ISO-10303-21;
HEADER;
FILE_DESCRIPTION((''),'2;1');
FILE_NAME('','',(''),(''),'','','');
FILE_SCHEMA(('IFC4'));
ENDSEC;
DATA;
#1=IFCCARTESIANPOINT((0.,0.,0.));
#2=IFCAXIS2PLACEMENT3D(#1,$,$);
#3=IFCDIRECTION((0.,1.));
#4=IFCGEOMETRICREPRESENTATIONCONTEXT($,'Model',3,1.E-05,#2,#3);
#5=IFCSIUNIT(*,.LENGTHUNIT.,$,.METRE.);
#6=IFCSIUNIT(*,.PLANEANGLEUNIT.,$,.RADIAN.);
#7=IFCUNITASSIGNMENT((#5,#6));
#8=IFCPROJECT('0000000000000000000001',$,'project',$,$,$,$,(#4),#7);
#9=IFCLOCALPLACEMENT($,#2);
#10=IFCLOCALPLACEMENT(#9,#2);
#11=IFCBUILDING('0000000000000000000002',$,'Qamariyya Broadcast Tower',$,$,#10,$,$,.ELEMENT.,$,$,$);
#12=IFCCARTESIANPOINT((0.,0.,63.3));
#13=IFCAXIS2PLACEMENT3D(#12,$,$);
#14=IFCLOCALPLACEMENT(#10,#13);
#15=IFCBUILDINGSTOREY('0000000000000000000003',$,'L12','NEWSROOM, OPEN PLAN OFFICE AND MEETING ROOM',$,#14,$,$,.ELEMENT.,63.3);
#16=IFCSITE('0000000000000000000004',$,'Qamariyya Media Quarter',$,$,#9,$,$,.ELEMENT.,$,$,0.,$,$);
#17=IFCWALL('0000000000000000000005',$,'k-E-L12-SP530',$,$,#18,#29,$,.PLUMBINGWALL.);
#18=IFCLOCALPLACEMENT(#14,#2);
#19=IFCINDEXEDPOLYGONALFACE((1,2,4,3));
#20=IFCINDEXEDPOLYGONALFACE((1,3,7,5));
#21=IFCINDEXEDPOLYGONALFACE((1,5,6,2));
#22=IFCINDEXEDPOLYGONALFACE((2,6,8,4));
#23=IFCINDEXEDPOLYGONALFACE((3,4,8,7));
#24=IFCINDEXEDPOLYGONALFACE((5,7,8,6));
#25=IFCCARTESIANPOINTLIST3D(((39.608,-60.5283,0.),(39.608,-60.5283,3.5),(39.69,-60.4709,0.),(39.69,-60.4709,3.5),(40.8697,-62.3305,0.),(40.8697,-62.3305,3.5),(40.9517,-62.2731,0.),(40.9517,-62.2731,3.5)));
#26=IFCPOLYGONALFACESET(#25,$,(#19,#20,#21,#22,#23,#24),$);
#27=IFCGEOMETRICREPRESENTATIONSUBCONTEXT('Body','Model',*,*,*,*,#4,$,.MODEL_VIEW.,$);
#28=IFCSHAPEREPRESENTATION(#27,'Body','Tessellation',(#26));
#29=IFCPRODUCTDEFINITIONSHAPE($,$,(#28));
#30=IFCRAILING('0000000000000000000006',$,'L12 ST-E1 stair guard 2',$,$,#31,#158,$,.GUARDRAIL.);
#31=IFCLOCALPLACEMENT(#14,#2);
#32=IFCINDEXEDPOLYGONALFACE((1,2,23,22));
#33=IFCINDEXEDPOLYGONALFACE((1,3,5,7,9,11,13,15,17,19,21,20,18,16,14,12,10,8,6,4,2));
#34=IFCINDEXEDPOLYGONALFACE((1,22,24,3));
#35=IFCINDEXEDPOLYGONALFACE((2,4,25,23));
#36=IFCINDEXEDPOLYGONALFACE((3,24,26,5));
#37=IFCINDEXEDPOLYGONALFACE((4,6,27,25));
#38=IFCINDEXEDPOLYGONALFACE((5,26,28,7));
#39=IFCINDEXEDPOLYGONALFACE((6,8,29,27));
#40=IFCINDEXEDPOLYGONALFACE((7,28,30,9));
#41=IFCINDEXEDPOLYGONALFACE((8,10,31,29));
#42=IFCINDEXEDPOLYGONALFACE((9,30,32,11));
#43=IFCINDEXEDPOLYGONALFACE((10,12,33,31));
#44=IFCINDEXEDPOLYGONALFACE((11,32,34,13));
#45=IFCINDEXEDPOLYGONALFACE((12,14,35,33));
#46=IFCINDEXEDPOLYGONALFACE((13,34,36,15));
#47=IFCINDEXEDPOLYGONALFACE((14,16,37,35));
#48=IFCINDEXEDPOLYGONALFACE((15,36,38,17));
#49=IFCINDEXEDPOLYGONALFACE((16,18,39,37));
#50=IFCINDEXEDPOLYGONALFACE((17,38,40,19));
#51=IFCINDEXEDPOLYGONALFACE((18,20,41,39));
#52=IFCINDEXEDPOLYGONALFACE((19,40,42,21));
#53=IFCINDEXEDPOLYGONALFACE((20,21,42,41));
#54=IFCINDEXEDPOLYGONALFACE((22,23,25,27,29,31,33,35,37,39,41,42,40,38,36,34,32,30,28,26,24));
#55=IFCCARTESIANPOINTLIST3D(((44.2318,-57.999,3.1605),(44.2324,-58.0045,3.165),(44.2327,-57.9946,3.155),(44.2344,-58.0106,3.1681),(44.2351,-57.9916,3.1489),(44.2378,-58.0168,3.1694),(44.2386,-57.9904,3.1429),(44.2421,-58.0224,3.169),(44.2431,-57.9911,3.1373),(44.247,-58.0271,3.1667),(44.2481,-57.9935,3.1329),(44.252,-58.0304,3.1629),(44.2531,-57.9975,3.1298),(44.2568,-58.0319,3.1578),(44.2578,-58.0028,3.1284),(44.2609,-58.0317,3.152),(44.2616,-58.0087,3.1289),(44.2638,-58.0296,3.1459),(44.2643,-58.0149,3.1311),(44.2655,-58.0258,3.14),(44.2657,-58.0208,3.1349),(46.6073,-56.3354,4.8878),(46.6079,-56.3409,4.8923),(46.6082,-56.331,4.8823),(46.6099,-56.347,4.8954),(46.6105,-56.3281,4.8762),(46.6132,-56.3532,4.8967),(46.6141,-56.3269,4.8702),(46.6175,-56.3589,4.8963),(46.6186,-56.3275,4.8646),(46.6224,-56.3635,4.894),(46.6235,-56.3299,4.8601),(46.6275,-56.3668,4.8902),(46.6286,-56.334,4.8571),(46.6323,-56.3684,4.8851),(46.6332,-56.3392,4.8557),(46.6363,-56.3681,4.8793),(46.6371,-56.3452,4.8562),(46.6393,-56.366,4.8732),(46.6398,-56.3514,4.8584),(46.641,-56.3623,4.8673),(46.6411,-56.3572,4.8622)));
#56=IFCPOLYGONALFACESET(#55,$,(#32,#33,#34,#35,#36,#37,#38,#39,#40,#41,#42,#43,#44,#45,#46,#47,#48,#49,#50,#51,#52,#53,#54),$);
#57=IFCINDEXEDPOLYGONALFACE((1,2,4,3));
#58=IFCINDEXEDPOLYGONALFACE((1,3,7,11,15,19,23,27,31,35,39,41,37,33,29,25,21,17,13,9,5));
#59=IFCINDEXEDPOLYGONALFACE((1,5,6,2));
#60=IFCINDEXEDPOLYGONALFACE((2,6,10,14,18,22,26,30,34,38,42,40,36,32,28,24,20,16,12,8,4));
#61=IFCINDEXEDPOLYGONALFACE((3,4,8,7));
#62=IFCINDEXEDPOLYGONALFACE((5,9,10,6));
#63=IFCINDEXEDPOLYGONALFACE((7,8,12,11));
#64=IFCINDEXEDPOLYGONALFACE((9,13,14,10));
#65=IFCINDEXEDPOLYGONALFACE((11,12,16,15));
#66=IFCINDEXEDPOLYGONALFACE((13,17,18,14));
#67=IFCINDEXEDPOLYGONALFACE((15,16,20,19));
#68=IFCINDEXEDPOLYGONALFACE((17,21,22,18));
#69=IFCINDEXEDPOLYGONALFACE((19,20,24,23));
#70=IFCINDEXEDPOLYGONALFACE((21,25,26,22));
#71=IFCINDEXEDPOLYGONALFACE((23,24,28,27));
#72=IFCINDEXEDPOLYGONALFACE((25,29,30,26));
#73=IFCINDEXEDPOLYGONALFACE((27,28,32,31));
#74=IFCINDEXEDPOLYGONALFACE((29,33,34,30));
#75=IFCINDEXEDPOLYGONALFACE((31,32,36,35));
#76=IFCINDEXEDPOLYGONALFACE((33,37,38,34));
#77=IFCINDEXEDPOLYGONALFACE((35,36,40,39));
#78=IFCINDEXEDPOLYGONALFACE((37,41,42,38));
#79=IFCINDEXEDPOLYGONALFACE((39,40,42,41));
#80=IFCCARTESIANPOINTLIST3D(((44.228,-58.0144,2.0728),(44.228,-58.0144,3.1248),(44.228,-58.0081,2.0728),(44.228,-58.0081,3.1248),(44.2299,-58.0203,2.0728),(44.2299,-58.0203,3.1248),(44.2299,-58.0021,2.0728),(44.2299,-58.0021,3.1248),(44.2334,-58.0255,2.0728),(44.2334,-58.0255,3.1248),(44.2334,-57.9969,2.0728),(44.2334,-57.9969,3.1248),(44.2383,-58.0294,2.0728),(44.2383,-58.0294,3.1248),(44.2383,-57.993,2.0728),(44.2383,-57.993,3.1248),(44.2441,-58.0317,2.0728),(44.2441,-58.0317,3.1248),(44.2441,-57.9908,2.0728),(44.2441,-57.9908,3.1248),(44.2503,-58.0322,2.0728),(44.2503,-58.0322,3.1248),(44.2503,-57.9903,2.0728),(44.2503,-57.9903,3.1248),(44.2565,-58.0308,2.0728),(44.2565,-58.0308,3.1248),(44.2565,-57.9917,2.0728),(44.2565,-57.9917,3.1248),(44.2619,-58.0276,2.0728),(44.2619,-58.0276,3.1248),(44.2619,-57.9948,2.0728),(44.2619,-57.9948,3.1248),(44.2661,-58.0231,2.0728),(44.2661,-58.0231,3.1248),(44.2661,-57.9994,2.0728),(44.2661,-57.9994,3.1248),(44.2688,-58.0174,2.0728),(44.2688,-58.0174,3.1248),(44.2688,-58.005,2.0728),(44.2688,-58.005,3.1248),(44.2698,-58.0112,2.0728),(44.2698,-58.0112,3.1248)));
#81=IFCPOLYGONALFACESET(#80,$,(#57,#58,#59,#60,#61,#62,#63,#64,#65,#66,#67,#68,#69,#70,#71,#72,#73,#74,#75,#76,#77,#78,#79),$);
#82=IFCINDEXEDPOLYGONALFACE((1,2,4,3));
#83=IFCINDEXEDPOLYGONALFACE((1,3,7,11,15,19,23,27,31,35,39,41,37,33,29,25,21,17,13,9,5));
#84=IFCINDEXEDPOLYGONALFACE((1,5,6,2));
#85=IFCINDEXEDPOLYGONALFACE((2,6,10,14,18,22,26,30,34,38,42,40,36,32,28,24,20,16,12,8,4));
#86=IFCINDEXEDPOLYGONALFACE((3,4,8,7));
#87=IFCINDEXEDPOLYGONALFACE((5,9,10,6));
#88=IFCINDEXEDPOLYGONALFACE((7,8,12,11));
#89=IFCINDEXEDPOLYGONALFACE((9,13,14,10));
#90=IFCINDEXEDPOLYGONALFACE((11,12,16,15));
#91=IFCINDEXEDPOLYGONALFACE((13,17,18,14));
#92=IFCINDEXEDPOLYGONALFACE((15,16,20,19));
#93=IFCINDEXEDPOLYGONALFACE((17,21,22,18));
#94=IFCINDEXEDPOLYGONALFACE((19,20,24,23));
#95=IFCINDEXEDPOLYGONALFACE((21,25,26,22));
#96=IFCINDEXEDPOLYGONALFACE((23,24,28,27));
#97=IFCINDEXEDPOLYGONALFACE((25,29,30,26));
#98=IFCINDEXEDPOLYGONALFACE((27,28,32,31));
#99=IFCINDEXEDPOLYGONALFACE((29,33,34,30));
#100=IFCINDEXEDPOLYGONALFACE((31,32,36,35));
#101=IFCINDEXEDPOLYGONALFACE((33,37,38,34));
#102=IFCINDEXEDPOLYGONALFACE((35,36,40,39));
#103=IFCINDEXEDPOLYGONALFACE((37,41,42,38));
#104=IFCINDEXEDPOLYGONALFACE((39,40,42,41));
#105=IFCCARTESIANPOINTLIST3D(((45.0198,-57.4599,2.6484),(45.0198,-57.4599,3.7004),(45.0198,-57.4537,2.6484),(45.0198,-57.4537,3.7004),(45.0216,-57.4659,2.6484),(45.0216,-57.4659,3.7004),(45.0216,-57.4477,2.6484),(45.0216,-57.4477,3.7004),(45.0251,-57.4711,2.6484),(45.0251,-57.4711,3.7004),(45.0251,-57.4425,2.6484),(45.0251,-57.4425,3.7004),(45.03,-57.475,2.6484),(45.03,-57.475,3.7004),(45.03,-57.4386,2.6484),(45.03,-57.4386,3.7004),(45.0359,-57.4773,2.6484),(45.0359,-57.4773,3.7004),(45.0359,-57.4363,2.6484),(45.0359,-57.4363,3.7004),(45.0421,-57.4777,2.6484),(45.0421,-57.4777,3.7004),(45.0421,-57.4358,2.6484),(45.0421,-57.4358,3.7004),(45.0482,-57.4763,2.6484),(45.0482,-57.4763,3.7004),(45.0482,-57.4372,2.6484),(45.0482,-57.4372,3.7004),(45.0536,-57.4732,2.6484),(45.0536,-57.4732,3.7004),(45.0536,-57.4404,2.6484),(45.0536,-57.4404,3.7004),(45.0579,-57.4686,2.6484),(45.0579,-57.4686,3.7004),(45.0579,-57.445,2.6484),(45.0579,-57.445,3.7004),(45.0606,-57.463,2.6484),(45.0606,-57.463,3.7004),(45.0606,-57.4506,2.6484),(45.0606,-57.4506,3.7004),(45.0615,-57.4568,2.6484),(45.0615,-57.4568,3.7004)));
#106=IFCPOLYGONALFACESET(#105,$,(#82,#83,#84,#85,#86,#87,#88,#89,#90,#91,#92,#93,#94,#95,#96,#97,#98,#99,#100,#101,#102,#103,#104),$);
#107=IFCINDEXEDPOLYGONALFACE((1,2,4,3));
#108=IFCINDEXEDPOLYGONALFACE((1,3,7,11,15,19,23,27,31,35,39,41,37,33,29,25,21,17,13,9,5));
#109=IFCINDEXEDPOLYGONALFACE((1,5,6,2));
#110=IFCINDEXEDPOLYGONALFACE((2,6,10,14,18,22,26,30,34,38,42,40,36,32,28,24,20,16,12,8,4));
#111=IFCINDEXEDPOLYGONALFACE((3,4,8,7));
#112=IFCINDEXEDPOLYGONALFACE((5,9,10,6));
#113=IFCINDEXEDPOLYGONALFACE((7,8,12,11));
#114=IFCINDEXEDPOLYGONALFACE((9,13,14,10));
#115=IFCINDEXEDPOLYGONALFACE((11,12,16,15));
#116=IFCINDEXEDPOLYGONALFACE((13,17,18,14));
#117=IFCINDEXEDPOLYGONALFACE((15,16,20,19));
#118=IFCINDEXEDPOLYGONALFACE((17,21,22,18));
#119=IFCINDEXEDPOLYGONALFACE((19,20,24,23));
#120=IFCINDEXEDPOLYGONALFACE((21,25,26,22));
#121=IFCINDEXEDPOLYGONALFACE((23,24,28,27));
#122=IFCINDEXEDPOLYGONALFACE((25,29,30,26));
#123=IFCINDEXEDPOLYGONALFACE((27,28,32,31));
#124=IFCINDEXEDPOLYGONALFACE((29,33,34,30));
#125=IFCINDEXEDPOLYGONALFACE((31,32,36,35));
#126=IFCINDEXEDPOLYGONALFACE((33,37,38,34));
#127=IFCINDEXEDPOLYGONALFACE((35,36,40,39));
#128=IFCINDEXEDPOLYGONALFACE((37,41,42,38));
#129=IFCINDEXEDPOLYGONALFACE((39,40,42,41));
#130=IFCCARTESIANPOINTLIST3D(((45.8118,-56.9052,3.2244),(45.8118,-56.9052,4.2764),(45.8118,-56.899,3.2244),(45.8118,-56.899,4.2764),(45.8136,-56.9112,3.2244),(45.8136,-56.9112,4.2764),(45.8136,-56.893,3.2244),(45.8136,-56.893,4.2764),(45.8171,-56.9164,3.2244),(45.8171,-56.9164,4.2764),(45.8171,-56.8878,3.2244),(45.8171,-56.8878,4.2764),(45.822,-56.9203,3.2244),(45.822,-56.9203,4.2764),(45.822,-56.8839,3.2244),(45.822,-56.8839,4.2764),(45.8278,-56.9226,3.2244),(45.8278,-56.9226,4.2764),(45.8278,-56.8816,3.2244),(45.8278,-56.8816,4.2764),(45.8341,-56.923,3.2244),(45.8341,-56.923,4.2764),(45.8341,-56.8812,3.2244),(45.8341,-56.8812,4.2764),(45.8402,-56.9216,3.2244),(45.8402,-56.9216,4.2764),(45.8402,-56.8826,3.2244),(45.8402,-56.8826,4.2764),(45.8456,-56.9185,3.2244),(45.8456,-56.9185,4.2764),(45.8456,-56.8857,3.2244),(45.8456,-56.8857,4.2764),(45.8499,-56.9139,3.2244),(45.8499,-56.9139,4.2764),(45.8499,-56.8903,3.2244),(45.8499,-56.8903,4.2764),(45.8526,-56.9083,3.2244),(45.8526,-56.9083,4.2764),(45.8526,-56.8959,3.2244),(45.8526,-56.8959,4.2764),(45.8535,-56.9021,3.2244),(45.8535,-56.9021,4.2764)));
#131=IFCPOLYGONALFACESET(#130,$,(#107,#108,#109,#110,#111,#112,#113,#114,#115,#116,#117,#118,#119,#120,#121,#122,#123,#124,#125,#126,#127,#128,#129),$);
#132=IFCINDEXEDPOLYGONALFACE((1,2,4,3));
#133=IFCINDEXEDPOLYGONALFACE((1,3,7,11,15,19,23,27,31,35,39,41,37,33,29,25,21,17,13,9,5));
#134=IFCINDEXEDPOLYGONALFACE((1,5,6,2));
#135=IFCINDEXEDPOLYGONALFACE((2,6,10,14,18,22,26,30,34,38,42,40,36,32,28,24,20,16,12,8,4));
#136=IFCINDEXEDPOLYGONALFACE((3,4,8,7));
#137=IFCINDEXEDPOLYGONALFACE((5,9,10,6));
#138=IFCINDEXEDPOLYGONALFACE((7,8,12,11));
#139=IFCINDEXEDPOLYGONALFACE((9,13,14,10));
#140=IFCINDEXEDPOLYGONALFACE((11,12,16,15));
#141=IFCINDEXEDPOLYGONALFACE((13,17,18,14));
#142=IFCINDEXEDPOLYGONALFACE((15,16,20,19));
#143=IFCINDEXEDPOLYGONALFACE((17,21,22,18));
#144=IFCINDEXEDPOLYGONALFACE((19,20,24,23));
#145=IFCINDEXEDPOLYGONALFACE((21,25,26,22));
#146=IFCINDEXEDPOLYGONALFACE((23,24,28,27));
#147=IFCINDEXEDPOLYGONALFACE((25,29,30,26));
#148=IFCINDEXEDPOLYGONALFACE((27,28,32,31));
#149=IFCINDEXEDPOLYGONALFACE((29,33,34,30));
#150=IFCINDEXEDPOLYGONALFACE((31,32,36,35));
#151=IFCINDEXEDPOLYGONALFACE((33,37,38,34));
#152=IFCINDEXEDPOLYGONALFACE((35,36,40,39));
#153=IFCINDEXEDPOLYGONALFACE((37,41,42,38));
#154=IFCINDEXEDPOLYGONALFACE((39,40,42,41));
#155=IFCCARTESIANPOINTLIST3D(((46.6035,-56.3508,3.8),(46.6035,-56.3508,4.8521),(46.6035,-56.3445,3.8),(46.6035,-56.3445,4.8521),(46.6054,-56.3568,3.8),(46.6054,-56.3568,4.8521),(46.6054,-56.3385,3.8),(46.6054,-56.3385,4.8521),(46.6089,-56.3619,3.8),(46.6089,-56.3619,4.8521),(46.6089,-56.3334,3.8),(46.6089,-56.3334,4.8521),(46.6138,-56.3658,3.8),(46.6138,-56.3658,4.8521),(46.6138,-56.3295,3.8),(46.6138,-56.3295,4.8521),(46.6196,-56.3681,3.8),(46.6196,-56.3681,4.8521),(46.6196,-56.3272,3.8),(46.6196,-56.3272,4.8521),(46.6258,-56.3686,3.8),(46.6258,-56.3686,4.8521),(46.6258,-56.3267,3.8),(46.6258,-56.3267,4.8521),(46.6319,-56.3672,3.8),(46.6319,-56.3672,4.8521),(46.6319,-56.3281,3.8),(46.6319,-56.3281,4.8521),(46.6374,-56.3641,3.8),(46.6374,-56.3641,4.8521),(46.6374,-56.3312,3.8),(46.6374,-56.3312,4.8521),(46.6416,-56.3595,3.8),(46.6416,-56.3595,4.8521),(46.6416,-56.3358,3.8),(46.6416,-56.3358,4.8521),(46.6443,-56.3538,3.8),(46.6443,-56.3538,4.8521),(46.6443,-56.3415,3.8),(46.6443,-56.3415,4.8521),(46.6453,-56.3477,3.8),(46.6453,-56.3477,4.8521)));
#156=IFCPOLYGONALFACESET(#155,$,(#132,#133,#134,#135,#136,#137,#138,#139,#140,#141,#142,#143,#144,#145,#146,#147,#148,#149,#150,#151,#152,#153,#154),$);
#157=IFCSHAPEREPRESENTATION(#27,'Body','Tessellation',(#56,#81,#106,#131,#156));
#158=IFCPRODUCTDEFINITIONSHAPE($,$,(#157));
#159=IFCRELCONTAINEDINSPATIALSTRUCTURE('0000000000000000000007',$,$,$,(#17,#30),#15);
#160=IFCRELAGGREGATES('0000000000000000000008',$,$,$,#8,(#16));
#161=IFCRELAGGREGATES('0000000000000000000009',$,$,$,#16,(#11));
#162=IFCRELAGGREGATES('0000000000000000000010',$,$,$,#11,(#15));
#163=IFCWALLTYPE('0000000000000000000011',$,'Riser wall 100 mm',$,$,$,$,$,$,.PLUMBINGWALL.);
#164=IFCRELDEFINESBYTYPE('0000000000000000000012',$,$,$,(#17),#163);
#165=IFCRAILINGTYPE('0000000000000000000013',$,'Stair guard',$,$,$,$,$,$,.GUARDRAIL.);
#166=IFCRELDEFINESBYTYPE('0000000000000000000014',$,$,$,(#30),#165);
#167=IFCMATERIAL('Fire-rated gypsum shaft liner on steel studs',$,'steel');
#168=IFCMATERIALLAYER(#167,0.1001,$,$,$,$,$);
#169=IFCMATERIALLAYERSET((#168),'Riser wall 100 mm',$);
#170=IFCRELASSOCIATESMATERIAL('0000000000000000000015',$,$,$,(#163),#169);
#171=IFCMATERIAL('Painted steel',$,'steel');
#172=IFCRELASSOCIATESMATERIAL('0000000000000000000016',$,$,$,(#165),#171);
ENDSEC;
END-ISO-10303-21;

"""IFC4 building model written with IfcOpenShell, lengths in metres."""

from ifc_helpers import new_model, si_unit, direction, frame, frame_2d, origin, origin_2d, place, context, subcontext, project, spatial, rectangle, circle, extrude, material, layer, layer_set, type_object, element, save


model = new_model("IFC4")

# Units and contexts
model_context = context("Model", 3, precision=1e-05, world=origin(), true_north=direction((0.0, 1.0)))
body_context = subcontext(model_context, "Body", "Model", "MODEL_VIEW")
ifc_project = project(units=[si_unit("LENGTHUNIT", "METRE"), si_unit("PLANEANGLEUNIT", "RADIAN")], contexts=[model_context])

# Site, building, storey
site_placement = place(None, origin())
site = spatial("IfcSite", under=ifc_project, at=site_placement, Name="Qamariyya Media Quarter", CompositionType="ELEMENT", RefElevation=0.0)
building_placement = place(site_placement, origin())
building = spatial("IfcBuilding", under=site, at=building_placement, Name="Qamariyya Broadcast Tower", CompositionType="ELEMENT")
storey_placement = place(building_placement, frame((0.0, 0.0, 63.3)))
storey = spatial("IfcBuildingStorey", under=building, at=storey_placement, Name="L12", Description="NEWSROOM, OPEN PLAN OFFICE AND MEETING ROOM", CompositionType="ELEMENT", Elevation=63.3)

# Wall
ifc_material_1 = material(Name="Fire-rated gypsum shaft liner on steel studs", Category="steel")
ifc_layer_1 = layer(ifc_material_1, 0.1001)
ifc_layer_set_1 = layer_set([ifc_layer_1], Name="Riser wall 100 mm")
wall_type_1 = type_object("IfcWallType", Name="Riser wall 100 mm", PredefinedType="PLUMBINGWALL", material=ifc_layer_set_1)
wall_1_placement = place(storey_placement, frame((39.6489, -60.4995, 0.0), z_axis=(0.0, 0.0, 1.0), x_axis=(0.573507, -0.819201, 0.0)))
element("IfcWall", 1, at=wall_1_placement, inside=storey, type_object=wall_type_1, Name="k-E-L12-SP530", PredefinedType="PLUMBINGWALL", context=body_context, shape_type="SweptSolid", body=[
    extrude(rectangle(XDim=2.2, YDim=0.1001, at=frame_2d((1.1001, 0.0))), origin(), (0.0, 0.0, 1.0), 3.5),
])

# Railing
ifc_material_2 = material(Name="Painted steel", Category="steel")
railing_type_1 = type_object("IfcRailingType", Name="Stair guard", PredefinedType="GUARDRAIL", material=ifc_material_2)
railing_1_placement = place(storey_placement, frame((44.2488, -58.0112, 2.0728)))
element("IfcRailing", 2, at=railing_1_placement, inside=storey, type_object=railing_type_1, Name="L12 ST-E1 stair guard 2", PredefinedType="GUARDRAIL", context=body_context, shape_type="SweptSolid", body=[
    extrude(circle(Radius=0.0239, at=origin_2d()), frame((0.0, 0.0, 1.0762), z_axis=(0.703745, 0.492838, 0.511716), x_axis=(-0.573632, 0.819113, 0.0)), (0.0, 0.0, 1.0), 3.3755),
    extrude(circle(Radius=0.021, at=origin_2d()), origin(), (0.0, 0.0, 1.0), 1.052),
    extrude(circle(Radius=0.021, at=origin_2d()), frame((0.7917, 0.5544, 0.5757)), (0.0, 0.0, 1.0), 1.052),
    extrude(circle(Radius=0.021, at=origin_2d()), frame((1.5837, 1.1091, 1.1516)), (0.0, 0.0, 1.0), 1.052),
    extrude(circle(Radius=0.021, at=origin_2d()), frame((2.3755, 1.6636, 1.7273)), (0.0, 0.0, 1.0), 1.052),
])

save(model, "model.ifc")
